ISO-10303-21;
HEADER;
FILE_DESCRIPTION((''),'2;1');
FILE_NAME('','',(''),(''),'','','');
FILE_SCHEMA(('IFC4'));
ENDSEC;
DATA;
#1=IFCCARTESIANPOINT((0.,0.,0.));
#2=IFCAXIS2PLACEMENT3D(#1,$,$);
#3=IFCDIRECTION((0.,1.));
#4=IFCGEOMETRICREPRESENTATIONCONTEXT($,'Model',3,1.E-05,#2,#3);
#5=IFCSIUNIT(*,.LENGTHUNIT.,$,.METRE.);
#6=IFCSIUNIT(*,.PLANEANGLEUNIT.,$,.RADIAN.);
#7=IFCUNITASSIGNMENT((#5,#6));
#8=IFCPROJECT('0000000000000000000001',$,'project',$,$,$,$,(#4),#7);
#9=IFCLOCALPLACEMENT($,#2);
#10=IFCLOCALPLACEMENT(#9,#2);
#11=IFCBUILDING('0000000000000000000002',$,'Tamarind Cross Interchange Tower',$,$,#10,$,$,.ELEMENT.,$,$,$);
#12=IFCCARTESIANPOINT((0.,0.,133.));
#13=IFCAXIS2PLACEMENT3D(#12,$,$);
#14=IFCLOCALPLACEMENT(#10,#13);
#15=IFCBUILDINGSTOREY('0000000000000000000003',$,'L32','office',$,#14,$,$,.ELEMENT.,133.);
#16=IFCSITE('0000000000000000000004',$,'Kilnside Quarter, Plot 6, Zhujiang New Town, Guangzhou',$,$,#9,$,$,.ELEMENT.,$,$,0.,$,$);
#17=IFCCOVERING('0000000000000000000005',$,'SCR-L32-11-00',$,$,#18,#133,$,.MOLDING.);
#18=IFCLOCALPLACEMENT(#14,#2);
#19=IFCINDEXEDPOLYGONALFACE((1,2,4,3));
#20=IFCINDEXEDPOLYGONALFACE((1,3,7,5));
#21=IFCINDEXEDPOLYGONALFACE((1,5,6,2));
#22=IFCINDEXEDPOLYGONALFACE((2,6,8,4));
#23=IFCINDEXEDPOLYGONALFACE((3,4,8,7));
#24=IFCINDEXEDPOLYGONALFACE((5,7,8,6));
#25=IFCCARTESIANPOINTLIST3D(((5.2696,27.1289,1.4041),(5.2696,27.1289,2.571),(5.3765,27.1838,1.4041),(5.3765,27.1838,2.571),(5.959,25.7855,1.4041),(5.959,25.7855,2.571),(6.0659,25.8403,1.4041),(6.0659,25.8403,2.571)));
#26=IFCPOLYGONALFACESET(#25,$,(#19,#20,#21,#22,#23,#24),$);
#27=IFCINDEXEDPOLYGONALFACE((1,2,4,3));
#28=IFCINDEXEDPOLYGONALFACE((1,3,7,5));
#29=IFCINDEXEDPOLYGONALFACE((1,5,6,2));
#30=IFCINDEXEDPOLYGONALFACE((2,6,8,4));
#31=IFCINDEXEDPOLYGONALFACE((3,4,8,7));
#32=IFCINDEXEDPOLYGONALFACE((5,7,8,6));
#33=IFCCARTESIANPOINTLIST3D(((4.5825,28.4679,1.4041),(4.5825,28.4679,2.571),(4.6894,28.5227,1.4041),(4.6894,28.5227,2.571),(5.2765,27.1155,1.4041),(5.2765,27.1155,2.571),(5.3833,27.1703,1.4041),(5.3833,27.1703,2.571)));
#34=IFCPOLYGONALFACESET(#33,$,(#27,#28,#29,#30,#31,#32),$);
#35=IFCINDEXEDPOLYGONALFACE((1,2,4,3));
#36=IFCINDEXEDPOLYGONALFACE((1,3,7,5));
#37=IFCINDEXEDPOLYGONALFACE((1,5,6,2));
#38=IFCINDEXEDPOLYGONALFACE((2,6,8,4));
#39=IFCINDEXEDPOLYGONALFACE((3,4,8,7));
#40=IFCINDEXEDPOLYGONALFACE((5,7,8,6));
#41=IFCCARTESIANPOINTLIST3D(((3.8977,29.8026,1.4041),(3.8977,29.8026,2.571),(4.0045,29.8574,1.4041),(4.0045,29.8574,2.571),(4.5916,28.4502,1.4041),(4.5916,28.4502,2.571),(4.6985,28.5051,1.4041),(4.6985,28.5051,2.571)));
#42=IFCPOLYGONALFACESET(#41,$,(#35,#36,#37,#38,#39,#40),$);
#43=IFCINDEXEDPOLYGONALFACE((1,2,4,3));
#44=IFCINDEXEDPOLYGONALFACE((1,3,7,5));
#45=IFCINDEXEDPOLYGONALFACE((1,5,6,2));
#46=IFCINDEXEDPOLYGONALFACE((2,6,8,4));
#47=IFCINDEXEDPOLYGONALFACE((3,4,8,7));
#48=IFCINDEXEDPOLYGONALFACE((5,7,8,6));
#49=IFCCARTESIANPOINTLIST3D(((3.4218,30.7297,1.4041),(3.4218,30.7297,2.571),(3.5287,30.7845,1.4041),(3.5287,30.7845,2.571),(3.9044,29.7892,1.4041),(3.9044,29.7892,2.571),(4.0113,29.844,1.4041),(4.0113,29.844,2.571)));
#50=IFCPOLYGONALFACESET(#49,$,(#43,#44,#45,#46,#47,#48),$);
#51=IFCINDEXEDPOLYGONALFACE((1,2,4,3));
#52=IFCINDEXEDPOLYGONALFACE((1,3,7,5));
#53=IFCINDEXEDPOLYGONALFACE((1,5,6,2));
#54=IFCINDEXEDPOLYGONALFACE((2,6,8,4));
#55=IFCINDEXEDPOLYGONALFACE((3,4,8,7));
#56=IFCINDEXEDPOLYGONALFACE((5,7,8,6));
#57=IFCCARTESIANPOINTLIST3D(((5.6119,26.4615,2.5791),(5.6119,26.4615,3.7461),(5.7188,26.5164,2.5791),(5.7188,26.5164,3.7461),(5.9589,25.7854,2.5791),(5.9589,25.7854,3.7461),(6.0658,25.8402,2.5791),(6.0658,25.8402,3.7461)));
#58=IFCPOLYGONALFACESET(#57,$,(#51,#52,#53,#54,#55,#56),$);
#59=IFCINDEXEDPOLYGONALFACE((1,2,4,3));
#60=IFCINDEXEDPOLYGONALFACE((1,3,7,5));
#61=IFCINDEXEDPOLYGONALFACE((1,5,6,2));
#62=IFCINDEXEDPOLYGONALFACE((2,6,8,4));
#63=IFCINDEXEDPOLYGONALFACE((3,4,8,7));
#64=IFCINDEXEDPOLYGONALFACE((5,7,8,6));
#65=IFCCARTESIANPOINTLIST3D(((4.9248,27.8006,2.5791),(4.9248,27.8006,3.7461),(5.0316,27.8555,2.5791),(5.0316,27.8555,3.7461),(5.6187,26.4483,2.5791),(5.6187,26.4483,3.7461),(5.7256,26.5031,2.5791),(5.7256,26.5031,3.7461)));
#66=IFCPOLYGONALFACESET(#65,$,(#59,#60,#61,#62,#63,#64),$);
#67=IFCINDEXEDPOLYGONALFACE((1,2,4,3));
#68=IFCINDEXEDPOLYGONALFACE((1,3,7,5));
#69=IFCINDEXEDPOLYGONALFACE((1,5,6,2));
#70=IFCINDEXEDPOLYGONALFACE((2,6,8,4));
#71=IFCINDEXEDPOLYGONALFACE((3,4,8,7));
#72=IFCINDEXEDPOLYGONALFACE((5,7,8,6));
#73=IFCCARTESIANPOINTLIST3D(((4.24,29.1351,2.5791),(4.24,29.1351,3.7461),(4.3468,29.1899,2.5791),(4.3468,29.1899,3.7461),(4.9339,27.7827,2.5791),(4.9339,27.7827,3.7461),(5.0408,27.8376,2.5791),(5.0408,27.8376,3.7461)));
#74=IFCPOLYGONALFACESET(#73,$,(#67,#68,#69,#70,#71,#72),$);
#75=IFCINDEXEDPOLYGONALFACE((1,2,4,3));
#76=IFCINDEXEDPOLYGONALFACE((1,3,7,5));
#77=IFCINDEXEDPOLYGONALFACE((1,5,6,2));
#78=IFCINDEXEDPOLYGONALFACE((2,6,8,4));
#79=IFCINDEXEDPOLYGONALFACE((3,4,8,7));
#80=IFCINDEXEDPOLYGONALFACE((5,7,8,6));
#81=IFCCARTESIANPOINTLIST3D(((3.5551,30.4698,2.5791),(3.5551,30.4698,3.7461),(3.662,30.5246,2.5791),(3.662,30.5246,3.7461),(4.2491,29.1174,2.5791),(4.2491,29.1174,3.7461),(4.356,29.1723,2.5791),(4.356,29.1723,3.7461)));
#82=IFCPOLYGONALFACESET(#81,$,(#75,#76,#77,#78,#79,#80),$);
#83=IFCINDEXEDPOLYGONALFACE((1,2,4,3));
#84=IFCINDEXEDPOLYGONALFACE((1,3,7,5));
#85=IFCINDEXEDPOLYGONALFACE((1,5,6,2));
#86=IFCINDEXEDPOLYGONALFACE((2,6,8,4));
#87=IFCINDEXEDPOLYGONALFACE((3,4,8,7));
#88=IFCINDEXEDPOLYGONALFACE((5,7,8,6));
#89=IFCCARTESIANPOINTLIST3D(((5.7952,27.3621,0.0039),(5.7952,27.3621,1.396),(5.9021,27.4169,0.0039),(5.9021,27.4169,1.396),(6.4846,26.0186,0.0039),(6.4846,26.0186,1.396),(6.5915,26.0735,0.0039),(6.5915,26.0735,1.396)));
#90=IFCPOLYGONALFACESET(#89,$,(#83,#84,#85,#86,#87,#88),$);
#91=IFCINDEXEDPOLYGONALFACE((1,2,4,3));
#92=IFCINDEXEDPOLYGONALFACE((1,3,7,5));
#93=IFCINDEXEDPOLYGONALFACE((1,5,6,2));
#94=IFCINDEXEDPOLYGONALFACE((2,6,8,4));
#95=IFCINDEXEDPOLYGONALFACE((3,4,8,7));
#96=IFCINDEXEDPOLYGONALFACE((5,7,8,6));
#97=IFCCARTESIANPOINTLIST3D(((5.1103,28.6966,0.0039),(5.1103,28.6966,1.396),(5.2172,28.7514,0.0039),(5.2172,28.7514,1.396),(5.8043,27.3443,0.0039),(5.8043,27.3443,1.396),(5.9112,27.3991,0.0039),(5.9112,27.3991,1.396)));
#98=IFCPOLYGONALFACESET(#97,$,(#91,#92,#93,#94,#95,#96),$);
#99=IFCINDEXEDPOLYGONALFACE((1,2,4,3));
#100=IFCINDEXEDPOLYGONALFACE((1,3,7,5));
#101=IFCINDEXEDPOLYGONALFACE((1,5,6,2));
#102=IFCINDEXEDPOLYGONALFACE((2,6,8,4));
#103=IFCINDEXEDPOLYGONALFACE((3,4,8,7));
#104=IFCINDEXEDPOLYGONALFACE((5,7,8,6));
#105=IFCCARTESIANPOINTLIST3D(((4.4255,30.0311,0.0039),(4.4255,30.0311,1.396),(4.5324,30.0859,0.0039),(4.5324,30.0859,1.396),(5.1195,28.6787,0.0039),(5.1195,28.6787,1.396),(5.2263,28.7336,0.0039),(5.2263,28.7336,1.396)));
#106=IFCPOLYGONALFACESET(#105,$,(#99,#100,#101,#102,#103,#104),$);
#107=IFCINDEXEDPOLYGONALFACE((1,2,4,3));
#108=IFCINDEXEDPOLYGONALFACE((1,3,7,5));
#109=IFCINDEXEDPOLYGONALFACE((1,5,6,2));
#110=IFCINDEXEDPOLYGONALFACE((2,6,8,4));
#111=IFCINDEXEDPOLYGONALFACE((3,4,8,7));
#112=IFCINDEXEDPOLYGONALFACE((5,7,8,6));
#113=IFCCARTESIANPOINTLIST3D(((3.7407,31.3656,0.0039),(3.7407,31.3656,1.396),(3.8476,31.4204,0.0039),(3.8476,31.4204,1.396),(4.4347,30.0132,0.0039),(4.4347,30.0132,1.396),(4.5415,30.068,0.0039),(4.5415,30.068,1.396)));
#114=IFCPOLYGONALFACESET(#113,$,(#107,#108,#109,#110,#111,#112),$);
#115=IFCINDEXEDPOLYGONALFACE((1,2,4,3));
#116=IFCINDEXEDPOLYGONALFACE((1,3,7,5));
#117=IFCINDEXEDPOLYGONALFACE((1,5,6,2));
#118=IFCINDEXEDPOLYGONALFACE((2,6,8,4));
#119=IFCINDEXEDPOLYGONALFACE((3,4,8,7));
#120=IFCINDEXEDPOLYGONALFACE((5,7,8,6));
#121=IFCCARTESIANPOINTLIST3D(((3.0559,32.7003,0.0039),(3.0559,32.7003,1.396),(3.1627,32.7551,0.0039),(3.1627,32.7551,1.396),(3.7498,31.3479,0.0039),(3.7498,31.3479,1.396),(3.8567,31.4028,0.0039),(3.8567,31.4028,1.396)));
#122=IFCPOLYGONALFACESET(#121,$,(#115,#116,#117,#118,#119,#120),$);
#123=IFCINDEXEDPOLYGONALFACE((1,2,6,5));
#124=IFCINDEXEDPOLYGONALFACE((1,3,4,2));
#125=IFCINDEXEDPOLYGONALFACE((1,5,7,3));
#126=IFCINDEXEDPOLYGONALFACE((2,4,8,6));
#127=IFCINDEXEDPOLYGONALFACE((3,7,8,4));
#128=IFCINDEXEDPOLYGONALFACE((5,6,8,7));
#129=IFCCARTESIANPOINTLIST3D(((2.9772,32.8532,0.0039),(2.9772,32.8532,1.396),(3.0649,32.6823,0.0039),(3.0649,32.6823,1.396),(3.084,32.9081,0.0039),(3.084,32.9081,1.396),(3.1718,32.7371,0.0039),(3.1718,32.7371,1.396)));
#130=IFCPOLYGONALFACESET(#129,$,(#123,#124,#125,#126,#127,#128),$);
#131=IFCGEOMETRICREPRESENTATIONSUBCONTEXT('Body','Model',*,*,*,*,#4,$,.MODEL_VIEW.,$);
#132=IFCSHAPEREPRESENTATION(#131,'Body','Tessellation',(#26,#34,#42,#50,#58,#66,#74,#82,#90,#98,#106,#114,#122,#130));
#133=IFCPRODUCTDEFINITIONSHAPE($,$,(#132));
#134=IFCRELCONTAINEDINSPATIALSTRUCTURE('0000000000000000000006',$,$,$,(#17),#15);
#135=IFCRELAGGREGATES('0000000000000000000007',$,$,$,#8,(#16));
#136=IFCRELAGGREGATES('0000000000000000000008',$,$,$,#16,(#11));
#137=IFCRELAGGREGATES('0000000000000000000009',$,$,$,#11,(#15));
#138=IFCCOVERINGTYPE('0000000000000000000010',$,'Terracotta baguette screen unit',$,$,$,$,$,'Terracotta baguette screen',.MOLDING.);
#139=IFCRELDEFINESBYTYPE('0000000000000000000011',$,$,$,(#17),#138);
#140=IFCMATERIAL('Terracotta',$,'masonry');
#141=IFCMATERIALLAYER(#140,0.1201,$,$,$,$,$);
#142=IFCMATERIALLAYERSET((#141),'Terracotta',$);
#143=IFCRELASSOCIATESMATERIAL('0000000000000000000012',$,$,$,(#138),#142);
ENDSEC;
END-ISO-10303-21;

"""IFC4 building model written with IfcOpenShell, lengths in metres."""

from ifc_helpers import new_model, si_unit, direction, frame, origin, origin_2d, place, context, subcontext, project, spatial, rectangle, extrude, material, layer, layer_set, type_object, element, save


model = new_model("IFC4")

# Units and contexts
model_context = context("Model", 3, precision=1e-05, world=origin(), true_north=direction((0.0, 1.0)))
body_context = subcontext(model_context, "Body", "Model", "MODEL_VIEW")
ifc_project = project(units=[si_unit("LENGTHUNIT", "METRE"), si_unit("PLANEANGLEUNIT", "RADIAN")], contexts=[model_context])

# Site, building, storey
site_placement = place(None, origin())
site = spatial("IfcSite", under=ifc_project, at=site_placement, Name="Kilnside Quarter, Plot 6, Zhujiang New Town, Guangzhou", CompositionType="ELEMENT", RefElevation=0.0)
building_placement = place(site_placement, origin())
building = spatial("IfcBuilding", under=site, at=building_placement, Name="Tamarind Cross Interchange Tower", CompositionType="ELEMENT")
storey_placement = place(building_placement, frame((0.0, 0.0, 133.0)))
storey = spatial("IfcBuildingStorey", under=building, at=storey_placement, Name="L32", Description="office", CompositionType="ELEMENT", Elevation=133.0)

# Covering
ifc_material_1 = material(Name="Terracotta", Category="masonry")
ifc_layer_1 = layer(ifc_material_1, 0.1201)
ifc_layer_set_1 = layer_set([ifc_layer_1], Name="Terracotta")
covering_type = type_object("IfcCoveringType", Name="Terracotta baguette screen unit", ElementType="Terracotta baguette screen", PredefinedType="MOLDING", material=ifc_layer_set_1)
covering_1_placement = place(storey_placement, origin())
element("IfcCovering", 1, at=covering_1_placement, inside=storey, type_object=covering_type, Name="SCR-L32-11-00", PredefinedType="MOLDING", context=body_context, shape_type="SweptSolid", body=[
    extrude(rectangle(XDim=1.51, YDim=0.1201, at=origin_2d()), frame((5.6677, 26.4846, 1.4041), z_axis=(0.0, 0.0, 1.0), x_axis=(-0.456551, 0.889697, 0.0)), (0.0, 0.0, 1.0), 1.167),
    extrude(rectangle(XDim=1.52, YDim=0.1201, at=origin_2d()), frame((4.9829, 27.8191, 1.4041), z_axis=(0.0, 0.0, 1.0), x_axis=(-0.456551, 0.889697, 0.0)), (0.0, 0.0, 1.0), 1.167),
    extrude(rectangle(XDim=1.52, YDim=0.1201, at=origin_2d()), frame((4.2981, 29.1538, 1.4041), z_axis=(0.0, 0.0, 1.0), x_axis=(-0.456551, 0.889697, 0.0)), (0.0, 0.0, 1.0), 1.167),
    extrude(rectangle(XDim=1.0571, YDim=0.1201, at=origin_2d()), frame((3.7166, 30.2869, 1.4041), z_axis=(0.0, 0.0, 1.0), x_axis=(-0.456551, 0.889697, 0.0)), (0.0, 0.0, 1.0), 1.167),
    extrude(rectangle(XDim=0.76, YDim=0.1201, at=origin_2d()), frame((5.8389, 26.1509, 2.5791), z_axis=(0.0, 0.0, 1.0), x_axis=(-0.456551, 0.889697, 0.0)), (0.0, 0.0, 1.0), 1.167),
    extrude(rectangle(XDim=1.52, YDim=0.1201, at=origin_2d()), frame((5.3252, 27.1519, 2.5791), z_axis=(0.0, 0.0, 1.0), x_axis=(-0.456551, 0.889697, 0.0)), (0.0, 0.0, 1.0), 1.167),
    extrude(rectangle(XDim=1.52, YDim=0.1201, at=origin_2d()), frame((4.6404, 28.4863, 2.5791), z_axis=(0.0, 0.0, 1.0), x_axis=(-0.456551, 0.889697, 0.0)), (0.0, 0.0, 1.0), 1.167),
    extrude(rectangle(XDim=1.52, YDim=0.1201, at=origin_2d()), frame((3.9556, 29.821, 2.5791), z_axis=(0.0, 0.0, 1.0), x_axis=(-0.456551, 0.889697, 0.0)), (0.0, 0.0, 1.0), 1.167),
    extrude(rectangle(XDim=1.51, YDim=0.1201, at=origin_2d()), frame((6.1934, 26.7178, 0.0039), z_axis=(0.0, 0.0, 1.0), x_axis=(-0.456551, 0.889697, 0.0)), (0.0, 0.0, 1.0), 1.3921),
    extrude(rectangle(XDim=1.52, YDim=0.1201, at=origin_2d()), frame((5.5107, 28.0479, 0.0039), z_axis=(0.0, 0.0, 1.0), x_axis=(-0.456551, 0.889697, 0.0)), (0.0, 0.0, 1.0), 1.3921),
    extrude(rectangle(XDim=1.52, YDim=0.1201, at=origin_2d()), frame((4.8259, 29.3823, 0.0039), z_axis=(0.0, 0.0, 1.0), x_axis=(-0.456551, 0.889697, 0.0)), (0.0, 0.0, 1.0), 1.3921),
    extrude(rectangle(XDim=1.52, YDim=0.1201, at=origin_2d()), frame((4.1411, 30.7168, 0.0039), z_axis=(0.0, 0.0, 1.0), x_axis=(-0.456551, 0.889697, 0.0)), (0.0, 0.0, 1.0), 1.3921),
    extrude(rectangle(XDim=1.52, YDim=0.1201, at=origin_2d()), frame((3.4563, 32.0515, 0.0039), z_axis=(0.0, 0.0, 1.0), x_axis=(-0.456551, 0.889697, 0.0)), (0.0, 0.0, 1.0), 1.3921),
    extrude(rectangle(XDim=0.1921, YDim=0.1201, at=origin_2d()), frame((3.0745, 32.7952, 0.0039), z_axis=(0.0, 0.0, 1.0), x_axis=(-0.456551, 0.889697, 0.0)), (0.0, 0.0, 1.0), 1.3921),
])

save(model, "model.ifc")
